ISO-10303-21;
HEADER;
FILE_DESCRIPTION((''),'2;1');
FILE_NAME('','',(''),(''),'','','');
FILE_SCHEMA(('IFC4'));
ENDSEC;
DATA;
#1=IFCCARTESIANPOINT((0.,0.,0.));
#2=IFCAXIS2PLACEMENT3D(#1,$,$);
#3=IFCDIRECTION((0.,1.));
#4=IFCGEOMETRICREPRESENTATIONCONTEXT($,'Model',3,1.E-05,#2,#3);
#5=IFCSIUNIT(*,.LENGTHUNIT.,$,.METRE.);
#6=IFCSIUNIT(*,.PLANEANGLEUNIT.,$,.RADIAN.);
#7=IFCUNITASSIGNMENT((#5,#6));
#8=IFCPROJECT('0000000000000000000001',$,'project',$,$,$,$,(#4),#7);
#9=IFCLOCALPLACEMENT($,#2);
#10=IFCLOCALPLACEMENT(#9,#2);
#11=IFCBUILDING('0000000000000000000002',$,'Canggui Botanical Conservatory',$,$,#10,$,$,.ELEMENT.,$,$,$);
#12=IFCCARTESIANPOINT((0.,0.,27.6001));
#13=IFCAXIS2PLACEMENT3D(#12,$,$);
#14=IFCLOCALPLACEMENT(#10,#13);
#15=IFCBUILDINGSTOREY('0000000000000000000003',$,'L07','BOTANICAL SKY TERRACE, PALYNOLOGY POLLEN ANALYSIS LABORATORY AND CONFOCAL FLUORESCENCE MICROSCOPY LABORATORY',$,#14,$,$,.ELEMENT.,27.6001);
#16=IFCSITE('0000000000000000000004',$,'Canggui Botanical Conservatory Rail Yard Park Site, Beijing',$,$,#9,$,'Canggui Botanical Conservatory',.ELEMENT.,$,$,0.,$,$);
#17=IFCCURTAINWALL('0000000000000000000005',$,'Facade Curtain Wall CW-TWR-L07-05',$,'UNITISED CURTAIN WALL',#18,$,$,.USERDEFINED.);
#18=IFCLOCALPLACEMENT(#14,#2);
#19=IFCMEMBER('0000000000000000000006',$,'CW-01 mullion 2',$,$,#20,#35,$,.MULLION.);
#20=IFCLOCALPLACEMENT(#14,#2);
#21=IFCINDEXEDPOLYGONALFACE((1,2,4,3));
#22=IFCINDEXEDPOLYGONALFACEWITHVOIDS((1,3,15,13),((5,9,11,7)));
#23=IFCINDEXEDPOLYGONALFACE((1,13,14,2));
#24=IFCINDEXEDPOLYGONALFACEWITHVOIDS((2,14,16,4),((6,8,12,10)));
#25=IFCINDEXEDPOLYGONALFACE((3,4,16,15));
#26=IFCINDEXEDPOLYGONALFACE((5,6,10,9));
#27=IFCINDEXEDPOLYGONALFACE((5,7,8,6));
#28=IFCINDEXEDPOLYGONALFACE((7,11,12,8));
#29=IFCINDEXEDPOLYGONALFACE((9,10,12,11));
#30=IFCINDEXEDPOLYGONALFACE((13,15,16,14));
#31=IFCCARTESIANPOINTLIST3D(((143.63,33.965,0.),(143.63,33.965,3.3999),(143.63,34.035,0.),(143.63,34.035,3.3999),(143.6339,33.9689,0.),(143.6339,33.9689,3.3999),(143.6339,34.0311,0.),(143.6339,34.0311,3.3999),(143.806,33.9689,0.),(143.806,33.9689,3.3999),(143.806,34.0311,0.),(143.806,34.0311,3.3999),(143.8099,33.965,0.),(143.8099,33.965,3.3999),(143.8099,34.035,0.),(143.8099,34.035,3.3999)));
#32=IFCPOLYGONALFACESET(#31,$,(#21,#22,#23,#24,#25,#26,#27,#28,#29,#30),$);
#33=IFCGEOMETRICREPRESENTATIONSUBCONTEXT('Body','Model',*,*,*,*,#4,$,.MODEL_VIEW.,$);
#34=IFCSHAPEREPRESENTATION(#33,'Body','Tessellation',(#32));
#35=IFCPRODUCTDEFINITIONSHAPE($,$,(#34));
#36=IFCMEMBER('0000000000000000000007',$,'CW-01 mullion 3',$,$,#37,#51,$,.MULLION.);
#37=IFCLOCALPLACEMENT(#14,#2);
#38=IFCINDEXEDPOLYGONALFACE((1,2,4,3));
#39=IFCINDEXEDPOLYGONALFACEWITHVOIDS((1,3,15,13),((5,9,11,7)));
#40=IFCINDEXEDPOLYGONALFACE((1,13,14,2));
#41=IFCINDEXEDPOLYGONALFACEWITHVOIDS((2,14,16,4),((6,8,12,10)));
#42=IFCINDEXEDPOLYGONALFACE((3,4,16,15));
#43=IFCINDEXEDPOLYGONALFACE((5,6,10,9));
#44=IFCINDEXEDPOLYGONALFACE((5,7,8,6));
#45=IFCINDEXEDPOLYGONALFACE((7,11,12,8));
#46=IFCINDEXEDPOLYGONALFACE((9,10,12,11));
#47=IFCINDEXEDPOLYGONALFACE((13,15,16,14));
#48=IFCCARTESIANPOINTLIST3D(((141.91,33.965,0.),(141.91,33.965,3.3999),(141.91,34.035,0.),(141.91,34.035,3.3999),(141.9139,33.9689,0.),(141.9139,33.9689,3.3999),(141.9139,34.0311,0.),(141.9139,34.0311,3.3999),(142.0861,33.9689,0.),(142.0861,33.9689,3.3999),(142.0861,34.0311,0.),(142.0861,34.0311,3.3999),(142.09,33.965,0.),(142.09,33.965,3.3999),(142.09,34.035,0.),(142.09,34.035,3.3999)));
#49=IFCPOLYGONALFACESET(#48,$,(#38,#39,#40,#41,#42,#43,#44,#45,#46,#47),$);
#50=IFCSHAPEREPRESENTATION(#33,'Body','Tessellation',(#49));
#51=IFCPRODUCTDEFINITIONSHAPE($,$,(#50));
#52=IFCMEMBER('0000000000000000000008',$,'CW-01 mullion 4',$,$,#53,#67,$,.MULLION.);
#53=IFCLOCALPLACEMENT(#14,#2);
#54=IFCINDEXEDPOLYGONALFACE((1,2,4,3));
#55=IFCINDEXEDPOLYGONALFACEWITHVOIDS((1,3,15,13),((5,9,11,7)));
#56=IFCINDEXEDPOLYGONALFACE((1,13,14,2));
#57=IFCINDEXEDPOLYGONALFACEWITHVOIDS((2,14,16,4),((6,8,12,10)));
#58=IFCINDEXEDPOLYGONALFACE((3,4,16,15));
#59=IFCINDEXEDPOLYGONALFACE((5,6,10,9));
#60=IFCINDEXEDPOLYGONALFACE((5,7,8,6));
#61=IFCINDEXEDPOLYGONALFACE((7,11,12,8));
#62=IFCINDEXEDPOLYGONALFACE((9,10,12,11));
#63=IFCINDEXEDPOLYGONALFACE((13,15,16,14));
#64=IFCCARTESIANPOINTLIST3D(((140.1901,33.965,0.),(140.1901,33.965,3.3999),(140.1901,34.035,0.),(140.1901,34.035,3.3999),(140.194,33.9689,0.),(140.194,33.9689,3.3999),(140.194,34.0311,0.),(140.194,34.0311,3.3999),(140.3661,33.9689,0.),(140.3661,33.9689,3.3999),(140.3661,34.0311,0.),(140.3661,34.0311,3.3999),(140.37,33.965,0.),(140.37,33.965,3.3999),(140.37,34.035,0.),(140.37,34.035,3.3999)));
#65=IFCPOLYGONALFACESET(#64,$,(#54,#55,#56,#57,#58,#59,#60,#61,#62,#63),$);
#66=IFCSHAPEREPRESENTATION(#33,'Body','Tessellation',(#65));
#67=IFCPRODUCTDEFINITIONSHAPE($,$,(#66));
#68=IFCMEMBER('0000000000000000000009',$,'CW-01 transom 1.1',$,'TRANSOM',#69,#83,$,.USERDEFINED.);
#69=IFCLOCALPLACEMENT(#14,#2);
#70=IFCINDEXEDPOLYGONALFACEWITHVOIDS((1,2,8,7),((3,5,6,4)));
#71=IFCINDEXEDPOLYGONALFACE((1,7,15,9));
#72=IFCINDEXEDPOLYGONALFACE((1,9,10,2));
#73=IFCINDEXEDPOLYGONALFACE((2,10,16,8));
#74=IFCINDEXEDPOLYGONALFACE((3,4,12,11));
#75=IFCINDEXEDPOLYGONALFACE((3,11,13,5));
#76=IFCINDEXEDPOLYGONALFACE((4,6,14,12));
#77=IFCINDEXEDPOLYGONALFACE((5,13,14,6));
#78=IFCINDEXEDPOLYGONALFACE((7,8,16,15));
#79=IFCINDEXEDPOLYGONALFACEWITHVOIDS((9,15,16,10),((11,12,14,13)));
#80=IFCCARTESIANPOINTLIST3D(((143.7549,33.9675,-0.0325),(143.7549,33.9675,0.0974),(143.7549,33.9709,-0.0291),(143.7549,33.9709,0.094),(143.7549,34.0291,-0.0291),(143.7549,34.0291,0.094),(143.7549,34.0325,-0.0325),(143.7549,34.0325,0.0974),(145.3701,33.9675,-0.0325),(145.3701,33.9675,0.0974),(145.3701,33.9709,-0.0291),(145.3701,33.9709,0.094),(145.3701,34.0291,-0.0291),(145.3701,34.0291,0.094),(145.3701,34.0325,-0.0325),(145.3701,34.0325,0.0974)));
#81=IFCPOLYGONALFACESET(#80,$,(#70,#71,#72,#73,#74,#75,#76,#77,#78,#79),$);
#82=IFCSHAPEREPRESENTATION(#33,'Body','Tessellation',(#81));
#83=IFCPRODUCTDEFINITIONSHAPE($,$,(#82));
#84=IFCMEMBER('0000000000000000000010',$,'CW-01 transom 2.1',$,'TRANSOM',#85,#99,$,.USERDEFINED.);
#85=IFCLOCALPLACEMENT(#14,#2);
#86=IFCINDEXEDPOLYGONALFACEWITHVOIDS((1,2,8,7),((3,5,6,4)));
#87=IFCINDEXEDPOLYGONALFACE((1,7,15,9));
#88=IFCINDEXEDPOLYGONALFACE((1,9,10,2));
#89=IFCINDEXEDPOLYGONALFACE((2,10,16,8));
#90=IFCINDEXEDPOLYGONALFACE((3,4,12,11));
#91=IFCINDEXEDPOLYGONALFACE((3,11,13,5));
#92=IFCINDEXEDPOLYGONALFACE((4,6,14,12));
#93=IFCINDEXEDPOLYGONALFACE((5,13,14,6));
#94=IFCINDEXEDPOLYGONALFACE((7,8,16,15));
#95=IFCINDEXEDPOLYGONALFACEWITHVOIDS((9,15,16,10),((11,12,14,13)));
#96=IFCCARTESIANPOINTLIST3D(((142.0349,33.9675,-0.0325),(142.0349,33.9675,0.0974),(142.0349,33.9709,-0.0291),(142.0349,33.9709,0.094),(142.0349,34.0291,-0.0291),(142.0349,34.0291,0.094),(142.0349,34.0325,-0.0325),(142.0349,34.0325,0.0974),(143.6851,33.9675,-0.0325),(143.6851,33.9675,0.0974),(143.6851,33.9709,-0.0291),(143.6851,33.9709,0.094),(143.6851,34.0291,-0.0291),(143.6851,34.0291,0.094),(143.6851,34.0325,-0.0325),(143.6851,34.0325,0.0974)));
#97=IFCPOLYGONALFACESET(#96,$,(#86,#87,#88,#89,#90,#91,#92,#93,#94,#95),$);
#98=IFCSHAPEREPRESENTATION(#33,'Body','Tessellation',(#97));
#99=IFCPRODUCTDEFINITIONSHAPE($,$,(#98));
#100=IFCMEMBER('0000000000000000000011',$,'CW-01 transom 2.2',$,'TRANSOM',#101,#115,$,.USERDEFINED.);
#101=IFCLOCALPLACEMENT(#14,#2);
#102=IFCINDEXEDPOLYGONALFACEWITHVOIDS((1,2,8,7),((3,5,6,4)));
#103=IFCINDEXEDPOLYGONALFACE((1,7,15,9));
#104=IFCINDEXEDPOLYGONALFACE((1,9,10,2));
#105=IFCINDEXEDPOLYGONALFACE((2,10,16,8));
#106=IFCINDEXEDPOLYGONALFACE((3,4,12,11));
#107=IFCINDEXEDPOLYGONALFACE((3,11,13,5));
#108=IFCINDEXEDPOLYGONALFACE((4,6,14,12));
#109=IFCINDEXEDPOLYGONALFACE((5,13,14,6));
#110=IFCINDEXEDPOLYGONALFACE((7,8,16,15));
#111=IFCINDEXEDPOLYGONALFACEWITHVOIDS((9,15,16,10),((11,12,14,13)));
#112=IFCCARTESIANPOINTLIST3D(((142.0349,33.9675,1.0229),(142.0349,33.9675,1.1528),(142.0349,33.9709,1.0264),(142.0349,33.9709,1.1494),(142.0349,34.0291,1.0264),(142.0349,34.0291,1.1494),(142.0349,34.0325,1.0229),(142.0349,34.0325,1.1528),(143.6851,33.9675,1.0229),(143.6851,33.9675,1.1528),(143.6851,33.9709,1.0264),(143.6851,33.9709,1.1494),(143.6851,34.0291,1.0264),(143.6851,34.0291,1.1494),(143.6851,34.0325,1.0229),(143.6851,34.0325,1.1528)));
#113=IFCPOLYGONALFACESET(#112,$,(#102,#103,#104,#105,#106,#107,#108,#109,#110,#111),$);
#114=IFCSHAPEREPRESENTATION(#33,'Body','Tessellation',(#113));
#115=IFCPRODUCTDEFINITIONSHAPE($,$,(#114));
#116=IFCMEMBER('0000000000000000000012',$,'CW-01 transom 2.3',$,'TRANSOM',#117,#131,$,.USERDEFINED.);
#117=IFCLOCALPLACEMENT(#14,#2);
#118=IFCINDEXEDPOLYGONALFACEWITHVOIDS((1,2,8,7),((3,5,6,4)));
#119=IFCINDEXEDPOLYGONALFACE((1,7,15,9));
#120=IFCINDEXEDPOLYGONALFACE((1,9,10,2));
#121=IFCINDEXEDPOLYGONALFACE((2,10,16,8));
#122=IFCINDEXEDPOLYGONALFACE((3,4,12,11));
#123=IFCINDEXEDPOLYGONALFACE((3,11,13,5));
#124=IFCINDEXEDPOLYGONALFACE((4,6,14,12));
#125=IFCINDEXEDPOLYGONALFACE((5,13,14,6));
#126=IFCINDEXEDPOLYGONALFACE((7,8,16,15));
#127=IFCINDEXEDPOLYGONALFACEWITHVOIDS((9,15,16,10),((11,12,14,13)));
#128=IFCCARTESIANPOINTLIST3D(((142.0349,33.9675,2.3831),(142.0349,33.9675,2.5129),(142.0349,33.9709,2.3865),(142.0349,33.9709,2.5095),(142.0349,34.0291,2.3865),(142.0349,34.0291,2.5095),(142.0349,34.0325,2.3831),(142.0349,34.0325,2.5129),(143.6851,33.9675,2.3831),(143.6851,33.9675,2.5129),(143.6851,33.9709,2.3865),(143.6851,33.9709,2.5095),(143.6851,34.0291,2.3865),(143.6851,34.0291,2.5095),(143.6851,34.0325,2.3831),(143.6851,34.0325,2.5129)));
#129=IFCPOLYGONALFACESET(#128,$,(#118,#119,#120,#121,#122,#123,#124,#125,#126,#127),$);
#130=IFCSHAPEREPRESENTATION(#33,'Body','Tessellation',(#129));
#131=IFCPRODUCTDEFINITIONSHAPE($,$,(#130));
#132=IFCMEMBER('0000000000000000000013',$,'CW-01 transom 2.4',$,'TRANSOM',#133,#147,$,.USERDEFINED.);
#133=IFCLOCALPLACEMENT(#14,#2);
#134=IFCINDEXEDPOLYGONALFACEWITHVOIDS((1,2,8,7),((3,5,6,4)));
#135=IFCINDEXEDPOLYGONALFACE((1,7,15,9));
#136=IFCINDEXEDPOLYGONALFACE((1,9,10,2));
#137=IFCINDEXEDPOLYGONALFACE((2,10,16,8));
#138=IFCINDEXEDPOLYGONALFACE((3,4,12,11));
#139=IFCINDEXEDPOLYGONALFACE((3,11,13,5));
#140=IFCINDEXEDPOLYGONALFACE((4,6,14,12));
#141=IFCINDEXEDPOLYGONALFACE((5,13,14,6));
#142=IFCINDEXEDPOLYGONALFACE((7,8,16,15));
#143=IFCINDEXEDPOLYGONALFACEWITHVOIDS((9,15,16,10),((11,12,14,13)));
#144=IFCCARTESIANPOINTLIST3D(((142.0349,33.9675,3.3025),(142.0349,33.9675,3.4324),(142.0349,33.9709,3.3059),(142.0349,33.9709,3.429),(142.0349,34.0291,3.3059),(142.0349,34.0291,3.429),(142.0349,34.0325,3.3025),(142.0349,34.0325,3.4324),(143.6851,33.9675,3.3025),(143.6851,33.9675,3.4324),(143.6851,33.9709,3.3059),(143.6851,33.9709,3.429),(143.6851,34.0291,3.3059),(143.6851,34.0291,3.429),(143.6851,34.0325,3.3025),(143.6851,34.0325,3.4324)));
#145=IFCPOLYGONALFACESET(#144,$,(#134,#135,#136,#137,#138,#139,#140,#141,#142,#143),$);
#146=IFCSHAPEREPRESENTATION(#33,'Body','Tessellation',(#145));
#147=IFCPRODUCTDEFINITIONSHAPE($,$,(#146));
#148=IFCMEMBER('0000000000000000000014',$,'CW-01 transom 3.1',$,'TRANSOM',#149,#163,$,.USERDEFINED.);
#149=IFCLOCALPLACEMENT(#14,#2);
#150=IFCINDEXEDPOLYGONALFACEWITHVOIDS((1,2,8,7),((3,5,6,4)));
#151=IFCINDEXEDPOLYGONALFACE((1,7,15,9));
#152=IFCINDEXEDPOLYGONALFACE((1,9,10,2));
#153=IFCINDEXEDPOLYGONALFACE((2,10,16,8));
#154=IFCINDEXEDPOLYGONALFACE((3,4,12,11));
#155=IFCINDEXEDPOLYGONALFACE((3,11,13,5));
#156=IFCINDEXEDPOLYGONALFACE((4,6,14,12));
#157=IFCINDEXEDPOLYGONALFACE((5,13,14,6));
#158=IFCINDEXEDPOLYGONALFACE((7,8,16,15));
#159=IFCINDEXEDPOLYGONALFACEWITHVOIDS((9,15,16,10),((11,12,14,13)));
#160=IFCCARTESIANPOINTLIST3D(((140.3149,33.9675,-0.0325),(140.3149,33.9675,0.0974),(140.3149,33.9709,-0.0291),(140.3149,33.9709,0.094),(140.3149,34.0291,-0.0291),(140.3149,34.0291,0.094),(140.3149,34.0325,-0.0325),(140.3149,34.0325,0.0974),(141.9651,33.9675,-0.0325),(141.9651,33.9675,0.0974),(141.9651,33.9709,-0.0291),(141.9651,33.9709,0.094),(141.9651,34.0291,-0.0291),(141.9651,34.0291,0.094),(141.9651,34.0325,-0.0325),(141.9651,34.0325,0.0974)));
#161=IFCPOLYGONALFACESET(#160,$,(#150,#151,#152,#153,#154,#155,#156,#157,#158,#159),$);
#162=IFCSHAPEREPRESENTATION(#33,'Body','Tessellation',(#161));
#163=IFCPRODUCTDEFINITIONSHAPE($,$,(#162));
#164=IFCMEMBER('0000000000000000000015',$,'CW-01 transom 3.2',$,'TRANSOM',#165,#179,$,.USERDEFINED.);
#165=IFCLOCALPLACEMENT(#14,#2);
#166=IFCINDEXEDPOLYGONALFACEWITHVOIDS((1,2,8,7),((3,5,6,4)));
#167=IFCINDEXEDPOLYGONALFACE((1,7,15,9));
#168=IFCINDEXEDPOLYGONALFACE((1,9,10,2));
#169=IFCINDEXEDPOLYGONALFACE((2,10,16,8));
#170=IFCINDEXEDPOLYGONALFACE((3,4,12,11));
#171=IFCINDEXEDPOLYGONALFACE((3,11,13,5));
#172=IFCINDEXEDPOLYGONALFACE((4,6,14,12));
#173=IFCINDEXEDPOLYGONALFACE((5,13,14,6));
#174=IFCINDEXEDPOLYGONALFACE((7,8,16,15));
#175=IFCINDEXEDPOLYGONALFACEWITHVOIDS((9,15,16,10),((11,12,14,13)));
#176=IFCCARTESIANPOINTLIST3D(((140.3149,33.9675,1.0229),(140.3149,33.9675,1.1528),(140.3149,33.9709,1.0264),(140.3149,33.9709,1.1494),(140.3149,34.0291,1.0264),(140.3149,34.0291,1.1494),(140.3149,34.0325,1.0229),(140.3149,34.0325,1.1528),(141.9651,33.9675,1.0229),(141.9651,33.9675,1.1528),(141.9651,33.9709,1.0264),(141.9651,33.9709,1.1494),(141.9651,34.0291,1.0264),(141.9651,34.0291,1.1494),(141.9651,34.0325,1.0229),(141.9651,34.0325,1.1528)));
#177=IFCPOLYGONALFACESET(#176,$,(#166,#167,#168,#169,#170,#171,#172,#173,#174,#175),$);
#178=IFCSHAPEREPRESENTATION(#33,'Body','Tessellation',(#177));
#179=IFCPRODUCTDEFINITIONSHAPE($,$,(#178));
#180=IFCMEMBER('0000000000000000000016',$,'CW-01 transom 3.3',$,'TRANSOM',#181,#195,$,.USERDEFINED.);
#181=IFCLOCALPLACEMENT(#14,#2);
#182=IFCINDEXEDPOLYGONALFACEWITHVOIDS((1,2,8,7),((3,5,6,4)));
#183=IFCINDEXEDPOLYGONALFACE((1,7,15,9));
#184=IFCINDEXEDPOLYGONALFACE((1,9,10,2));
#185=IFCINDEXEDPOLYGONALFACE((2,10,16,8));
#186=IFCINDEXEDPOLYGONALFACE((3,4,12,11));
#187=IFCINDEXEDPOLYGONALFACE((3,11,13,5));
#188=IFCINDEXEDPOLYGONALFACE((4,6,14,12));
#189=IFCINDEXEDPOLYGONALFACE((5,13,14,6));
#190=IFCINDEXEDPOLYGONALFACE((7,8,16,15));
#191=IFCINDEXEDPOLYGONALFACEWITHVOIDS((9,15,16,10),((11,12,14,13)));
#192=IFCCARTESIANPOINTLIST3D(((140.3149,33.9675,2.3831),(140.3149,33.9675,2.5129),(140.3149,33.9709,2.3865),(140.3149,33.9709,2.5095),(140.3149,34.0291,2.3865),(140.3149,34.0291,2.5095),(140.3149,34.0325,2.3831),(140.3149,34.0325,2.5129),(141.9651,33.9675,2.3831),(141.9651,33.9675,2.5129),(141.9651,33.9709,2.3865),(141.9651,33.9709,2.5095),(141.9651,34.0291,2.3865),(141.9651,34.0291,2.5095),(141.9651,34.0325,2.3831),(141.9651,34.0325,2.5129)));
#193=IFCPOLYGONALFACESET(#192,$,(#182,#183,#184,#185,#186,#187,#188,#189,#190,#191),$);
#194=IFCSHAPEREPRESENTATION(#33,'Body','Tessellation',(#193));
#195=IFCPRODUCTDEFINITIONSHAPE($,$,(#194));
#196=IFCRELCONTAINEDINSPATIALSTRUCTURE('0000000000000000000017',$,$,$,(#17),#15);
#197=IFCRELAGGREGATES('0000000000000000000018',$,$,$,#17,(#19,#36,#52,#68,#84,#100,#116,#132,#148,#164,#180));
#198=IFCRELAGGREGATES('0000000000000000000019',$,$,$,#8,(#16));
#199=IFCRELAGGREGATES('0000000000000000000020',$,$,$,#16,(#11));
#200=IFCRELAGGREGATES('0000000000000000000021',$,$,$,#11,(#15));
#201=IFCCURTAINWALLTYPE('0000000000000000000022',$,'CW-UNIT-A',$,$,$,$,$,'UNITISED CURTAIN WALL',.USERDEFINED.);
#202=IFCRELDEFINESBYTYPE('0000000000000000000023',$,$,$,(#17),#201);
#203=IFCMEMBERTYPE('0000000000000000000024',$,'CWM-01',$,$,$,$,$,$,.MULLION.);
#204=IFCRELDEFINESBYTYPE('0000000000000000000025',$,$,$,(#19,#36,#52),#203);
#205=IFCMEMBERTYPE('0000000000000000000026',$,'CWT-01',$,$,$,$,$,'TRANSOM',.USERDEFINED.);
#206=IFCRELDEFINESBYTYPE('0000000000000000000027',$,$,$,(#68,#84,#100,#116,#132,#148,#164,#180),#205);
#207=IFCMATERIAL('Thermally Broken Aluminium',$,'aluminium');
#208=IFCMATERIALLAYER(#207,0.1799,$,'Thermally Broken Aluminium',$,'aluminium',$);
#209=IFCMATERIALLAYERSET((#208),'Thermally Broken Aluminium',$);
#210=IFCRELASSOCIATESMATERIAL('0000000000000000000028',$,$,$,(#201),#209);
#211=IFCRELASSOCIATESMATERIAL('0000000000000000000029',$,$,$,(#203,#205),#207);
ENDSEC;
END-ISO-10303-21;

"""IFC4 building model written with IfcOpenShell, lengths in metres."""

from ifc_helpers import new_model, si_unit, direction, frame, origin, origin_2d, place, context, subcontext, project, spatial, hollow_rectangle, extrude, material, layer, layer_set, material_profile, profile_set, type_object, element, aggregate, save


model = new_model("IFC4")

# Units and contexts
model_context = context("Model", 3, precision=1e-05, world=origin(), true_north=direction((0.0, 1.0)))
body_context = subcontext(model_context, "Body", "Model", "MODEL_VIEW")
ifc_project = project(units=[si_unit("LENGTHUNIT", "METRE"), si_unit("PLANEANGLEUNIT", "RADIAN")], contexts=[model_context])

# Site, building, storey
site_placement = place(None, origin())
site = spatial("IfcSite", under=ifc_project, at=site_placement, Name="Canggui Botanical Conservatory Rail Yard Park Site, Beijing", LongName="Canggui Botanical Conservatory", CompositionType="ELEMENT", RefElevation=0.0)
building_placement = place(site_placement, origin())
building = spatial("IfcBuilding", under=site, at=building_placement, Name="Canggui Botanical Conservatory", CompositionType="ELEMENT")
storey_placement = place(building_placement, frame((0.0, 0.0, 27.6001)))
storey = spatial("IfcBuildingStorey", under=building, at=storey_placement, Name="L07", Description="BOTANICAL SKY TERRACE, PALYNOLOGY POLLEN ANALYSIS LABORATORY AND CONFOCAL FLUORESCENCE MICROSCOPY LABORATORY", CompositionType="ELEMENT", Elevation=27.6001)

# Curtain wall, members
ifc_material_1 = material(Name="Thermally Broken Aluminium", Category="aluminium")
ifc_layer_1 = layer(ifc_material_1, 0.1799, Name="Thermally Broken Aluminium", Category="aluminium")
ifc_layer_set_1 = layer_set([ifc_layer_1], Name="Thermally Broken Aluminium")
curtain_wall_type = type_object("IfcCurtainWallType", Name="CW-UNIT-A", ElementType="UNITISED CURTAIN WALL", PredefinedType="USERDEFINED", material=ifc_layer_set_1)
curtain_wall_placement = place(storey_placement, origin())
curtain_wall = element("IfcCurtainWall", 1, at=curtain_wall_placement, inside=storey, type_object=curtain_wall_type, Name="Facade Curtain Wall CW-TWR-L07-05", ObjectType="UNITISED CURTAIN WALL", PredefinedType="USERDEFINED")
ifc_material_profile_1 = material_profile(ifc_material_1, hollow_rectangle(XDim=0.0701, YDim=0.1799, WallThickness=0.0039, at=origin_2d()), Name="CWM 70x180x4")
ifc_profile_set_1 = profile_set([ifc_material_profile_1], Name="Thermally Broken Aluminium")
member_type_1 = type_object("IfcMemberType", Name="CWM-01", PredefinedType="MULLION", material=ifc_profile_set_1)
member_1_placement = place(storey_placement, frame((143.72, 34.0, 0.0), z_axis=(0.0, 0.0, 1.0), x_axis=(0.0, -1.0, 0.0)))
member_1 = element("IfcMember", 2, at=member_1_placement, type_object=member_type_1, Name="CW-01 mullion 2", PredefinedType="MULLION", context=body_context, shape_type="SweptSolid", body=[
    extrude(hollow_rectangle(XDim=0.0701, YDim=0.1799, WallThickness=0.0039, at=origin_2d()), origin(), (0.0, 0.0, 1.0), 3.3999),
])
member_2_placement = place(storey_placement, frame((142.0, 34.0, 0.0), z_axis=(0.0, 0.0, 1.0), x_axis=(0.0, -1.0, 0.0)))
member_2 = element("IfcMember", 3, at=member_2_placement, type_object=member_type_1, Name="CW-01 mullion 3", PredefinedType="MULLION", context=body_context, shape_type="SweptSolid", body=[
    extrude(hollow_rectangle(XDim=0.0701, YDim=0.1799, WallThickness=0.0039, at=origin_2d()), origin(), (0.0, 0.0, 1.0), 3.3999),
])
member_3_placement = place(storey_placement, frame((140.28, 34.0, 0.0), z_axis=(0.0, 0.0, 1.0), x_axis=(0.0, -1.0, 0.0)))
member_3 = element("IfcMember", 4, at=member_3_placement, type_object=member_type_1, Name="CW-01 mullion 4", PredefinedType="MULLION", context=body_context, shape_type="SweptSolid", body=[
    extrude(hollow_rectangle(XDim=0.0701, YDim=0.1799, WallThickness=0.0039, at=origin_2d()), origin(), (0.0, 0.0, 1.0), 3.3999),
])
ifc_material_profile_2 = material_profile(ifc_material_1, hollow_rectangle(XDim=0.0649, YDim=0.1299, WallThickness=0.0034, at=origin_2d()), Name="CWT 65x130x3.5")
ifc_profile_set_2 = profile_set([ifc_material_profile_2], Name="Thermally Broken Aluminium")
member_type_2 = type_object("IfcMemberType", Name="CWT-01", ElementType="TRANSOM", PredefinedType="USERDEFINED", material=ifc_profile_set_2)
member_4_placement = place(storey_placement, frame((145.3701, 34.0, 0.0325), z_axis=(-1.0, 0.0, 0.0), x_axis=(0.0, -1.0, 0.0)))
member_4 = element("IfcMember", 5, at=member_4_placement, type_object=member_type_2, Name="CW-01 transom 1.1", ObjectType="TRANSOM", PredefinedType="USERDEFINED", context=body_context, shape_type="SweptSolid", body=[
    extrude(hollow_rectangle(XDim=0.0649, YDim=0.1299, WallThickness=0.0034, at=origin_2d()), origin(), (0.0, 0.0, 1.0), 1.6152),
])
member_5_placement = place(storey_placement, frame((143.6851, 34.0, 0.0325), z_axis=(-1.0, 0.0, 0.0), x_axis=(0.0, -1.0, 0.0)))
member_5 = element("IfcMember", 6, at=member_5_placement, type_object=member_type_2, Name="CW-01 transom 2.1", ObjectType="TRANSOM", PredefinedType="USERDEFINED", context=body_context, shape_type="SweptSolid", body=[
    extrude(hollow_rectangle(XDim=0.0649, YDim=0.1299, WallThickness=0.0034, at=origin_2d()), origin(), (0.0, 0.0, 1.0), 1.6501),
])
member_6_placement = place(storey_placement, frame((143.6851, 34.0, 1.0879), z_axis=(-1.0, 0.0, 0.0), x_axis=(0.0, -1.0, 0.0)))
member_6 = element("IfcMember", 7, at=member_6_placement, type_object=member_type_2, Name="CW-01 transom 2.2", ObjectType="TRANSOM", PredefinedType="USERDEFINED", context=body_context, shape_type="SweptSolid", body=[
    extrude(hollow_rectangle(XDim=0.0649, YDim=0.1299, WallThickness=0.0034, at=origin_2d()), origin(), (0.0, 0.0, 1.0), 1.6501),
])
member_7_placement = place(storey_placement, frame((143.6851, 34.0, 2.448), z_axis=(-1.0, 0.0, 0.0), x_axis=(0.0, -1.0, 0.0)))
member_7 = element("IfcMember", 8, at=member_7_placement, type_object=member_type_2, Name="CW-01 transom 2.3", ObjectType="TRANSOM", PredefinedType="USERDEFINED", context=body_context, shape_type="SweptSolid", body=[
    extrude(hollow_rectangle(XDim=0.0649, YDim=0.1299, WallThickness=0.0034, at=origin_2d()), origin(), (0.0, 0.0, 1.0), 1.6501),
])
member_8_placement = place(storey_placement, frame((143.6851, 34.0, 3.3674), z_axis=(-1.0, 0.0, 0.0), x_axis=(0.0, -1.0, 0.0)))
member_8 = element("IfcMember", 9, at=member_8_placement, type_object=member_type_2, Name="CW-01 transom 2.4", ObjectType="TRANSOM", PredefinedType="USERDEFINED", context=body_context, shape_type="SweptSolid", body=[
    extrude(hollow_rectangle(XDim=0.0649, YDim=0.1299, WallThickness=0.0034, at=origin_2d()), origin(), (0.0, 0.0, 1.0), 1.6501),
])
member_9_placement = place(storey_placement, frame((141.9651, 34.0, 0.0325), z_axis=(-1.0, 0.0, 0.0), x_axis=(0.0, -1.0, 0.0)))
member_9 = element("IfcMember", 10, at=member_9_placement, type_object=member_type_2, Name="CW-01 transom 3.1", ObjectType="TRANSOM", PredefinedType="USERDEFINED", context=body_context, shape_type="SweptSolid", body=[
    extrude(hollow_rectangle(XDim=0.0649, YDim=0.1299, WallThickness=0.0034, at=origin_2d()), origin(), (0.0, 0.0, 1.0), 1.6501),
])
member_10_placement = place(storey_placement, frame((141.9651, 34.0, 1.0879), z_axis=(-1.0, 0.0, 0.0), x_axis=(0.0, -1.0, 0.0)))
member_10 = element("IfcMember", 11, at=member_10_placement, type_object=member_type_2, Name="CW-01 transom 3.2", ObjectType="TRANSOM", PredefinedType="USERDEFINED", context=body_context, shape_type="SweptSolid", body=[
    extrude(hollow_rectangle(XDim=0.0649, YDim=0.1299, WallThickness=0.0034, at=origin_2d()), origin(), (0.0, 0.0, 1.0), 1.6501),
])
member_11_placement = place(storey_placement, frame((141.9651, 34.0, 2.448), z_axis=(-1.0, 0.0, 0.0), x_axis=(0.0, -1.0, 0.0)))
member_11 = element("IfcMember", 12, at=member_11_placement, type_object=member_type_2, Name="CW-01 transom 3.3", ObjectType="TRANSOM", PredefinedType="USERDEFINED", context=body_context, shape_type="SweptSolid", body=[
    extrude(hollow_rectangle(XDim=0.0649, YDim=0.1299, WallThickness=0.0034, at=origin_2d()), origin(), (0.0, 0.0, 1.0), 1.6501),
])
aggregate(curtain_wall, [member_1, member_2, member_3, member_4, member_5, member_6, member_7, member_8, member_9, member_10, member_11])

save(model, "model.ifc")
